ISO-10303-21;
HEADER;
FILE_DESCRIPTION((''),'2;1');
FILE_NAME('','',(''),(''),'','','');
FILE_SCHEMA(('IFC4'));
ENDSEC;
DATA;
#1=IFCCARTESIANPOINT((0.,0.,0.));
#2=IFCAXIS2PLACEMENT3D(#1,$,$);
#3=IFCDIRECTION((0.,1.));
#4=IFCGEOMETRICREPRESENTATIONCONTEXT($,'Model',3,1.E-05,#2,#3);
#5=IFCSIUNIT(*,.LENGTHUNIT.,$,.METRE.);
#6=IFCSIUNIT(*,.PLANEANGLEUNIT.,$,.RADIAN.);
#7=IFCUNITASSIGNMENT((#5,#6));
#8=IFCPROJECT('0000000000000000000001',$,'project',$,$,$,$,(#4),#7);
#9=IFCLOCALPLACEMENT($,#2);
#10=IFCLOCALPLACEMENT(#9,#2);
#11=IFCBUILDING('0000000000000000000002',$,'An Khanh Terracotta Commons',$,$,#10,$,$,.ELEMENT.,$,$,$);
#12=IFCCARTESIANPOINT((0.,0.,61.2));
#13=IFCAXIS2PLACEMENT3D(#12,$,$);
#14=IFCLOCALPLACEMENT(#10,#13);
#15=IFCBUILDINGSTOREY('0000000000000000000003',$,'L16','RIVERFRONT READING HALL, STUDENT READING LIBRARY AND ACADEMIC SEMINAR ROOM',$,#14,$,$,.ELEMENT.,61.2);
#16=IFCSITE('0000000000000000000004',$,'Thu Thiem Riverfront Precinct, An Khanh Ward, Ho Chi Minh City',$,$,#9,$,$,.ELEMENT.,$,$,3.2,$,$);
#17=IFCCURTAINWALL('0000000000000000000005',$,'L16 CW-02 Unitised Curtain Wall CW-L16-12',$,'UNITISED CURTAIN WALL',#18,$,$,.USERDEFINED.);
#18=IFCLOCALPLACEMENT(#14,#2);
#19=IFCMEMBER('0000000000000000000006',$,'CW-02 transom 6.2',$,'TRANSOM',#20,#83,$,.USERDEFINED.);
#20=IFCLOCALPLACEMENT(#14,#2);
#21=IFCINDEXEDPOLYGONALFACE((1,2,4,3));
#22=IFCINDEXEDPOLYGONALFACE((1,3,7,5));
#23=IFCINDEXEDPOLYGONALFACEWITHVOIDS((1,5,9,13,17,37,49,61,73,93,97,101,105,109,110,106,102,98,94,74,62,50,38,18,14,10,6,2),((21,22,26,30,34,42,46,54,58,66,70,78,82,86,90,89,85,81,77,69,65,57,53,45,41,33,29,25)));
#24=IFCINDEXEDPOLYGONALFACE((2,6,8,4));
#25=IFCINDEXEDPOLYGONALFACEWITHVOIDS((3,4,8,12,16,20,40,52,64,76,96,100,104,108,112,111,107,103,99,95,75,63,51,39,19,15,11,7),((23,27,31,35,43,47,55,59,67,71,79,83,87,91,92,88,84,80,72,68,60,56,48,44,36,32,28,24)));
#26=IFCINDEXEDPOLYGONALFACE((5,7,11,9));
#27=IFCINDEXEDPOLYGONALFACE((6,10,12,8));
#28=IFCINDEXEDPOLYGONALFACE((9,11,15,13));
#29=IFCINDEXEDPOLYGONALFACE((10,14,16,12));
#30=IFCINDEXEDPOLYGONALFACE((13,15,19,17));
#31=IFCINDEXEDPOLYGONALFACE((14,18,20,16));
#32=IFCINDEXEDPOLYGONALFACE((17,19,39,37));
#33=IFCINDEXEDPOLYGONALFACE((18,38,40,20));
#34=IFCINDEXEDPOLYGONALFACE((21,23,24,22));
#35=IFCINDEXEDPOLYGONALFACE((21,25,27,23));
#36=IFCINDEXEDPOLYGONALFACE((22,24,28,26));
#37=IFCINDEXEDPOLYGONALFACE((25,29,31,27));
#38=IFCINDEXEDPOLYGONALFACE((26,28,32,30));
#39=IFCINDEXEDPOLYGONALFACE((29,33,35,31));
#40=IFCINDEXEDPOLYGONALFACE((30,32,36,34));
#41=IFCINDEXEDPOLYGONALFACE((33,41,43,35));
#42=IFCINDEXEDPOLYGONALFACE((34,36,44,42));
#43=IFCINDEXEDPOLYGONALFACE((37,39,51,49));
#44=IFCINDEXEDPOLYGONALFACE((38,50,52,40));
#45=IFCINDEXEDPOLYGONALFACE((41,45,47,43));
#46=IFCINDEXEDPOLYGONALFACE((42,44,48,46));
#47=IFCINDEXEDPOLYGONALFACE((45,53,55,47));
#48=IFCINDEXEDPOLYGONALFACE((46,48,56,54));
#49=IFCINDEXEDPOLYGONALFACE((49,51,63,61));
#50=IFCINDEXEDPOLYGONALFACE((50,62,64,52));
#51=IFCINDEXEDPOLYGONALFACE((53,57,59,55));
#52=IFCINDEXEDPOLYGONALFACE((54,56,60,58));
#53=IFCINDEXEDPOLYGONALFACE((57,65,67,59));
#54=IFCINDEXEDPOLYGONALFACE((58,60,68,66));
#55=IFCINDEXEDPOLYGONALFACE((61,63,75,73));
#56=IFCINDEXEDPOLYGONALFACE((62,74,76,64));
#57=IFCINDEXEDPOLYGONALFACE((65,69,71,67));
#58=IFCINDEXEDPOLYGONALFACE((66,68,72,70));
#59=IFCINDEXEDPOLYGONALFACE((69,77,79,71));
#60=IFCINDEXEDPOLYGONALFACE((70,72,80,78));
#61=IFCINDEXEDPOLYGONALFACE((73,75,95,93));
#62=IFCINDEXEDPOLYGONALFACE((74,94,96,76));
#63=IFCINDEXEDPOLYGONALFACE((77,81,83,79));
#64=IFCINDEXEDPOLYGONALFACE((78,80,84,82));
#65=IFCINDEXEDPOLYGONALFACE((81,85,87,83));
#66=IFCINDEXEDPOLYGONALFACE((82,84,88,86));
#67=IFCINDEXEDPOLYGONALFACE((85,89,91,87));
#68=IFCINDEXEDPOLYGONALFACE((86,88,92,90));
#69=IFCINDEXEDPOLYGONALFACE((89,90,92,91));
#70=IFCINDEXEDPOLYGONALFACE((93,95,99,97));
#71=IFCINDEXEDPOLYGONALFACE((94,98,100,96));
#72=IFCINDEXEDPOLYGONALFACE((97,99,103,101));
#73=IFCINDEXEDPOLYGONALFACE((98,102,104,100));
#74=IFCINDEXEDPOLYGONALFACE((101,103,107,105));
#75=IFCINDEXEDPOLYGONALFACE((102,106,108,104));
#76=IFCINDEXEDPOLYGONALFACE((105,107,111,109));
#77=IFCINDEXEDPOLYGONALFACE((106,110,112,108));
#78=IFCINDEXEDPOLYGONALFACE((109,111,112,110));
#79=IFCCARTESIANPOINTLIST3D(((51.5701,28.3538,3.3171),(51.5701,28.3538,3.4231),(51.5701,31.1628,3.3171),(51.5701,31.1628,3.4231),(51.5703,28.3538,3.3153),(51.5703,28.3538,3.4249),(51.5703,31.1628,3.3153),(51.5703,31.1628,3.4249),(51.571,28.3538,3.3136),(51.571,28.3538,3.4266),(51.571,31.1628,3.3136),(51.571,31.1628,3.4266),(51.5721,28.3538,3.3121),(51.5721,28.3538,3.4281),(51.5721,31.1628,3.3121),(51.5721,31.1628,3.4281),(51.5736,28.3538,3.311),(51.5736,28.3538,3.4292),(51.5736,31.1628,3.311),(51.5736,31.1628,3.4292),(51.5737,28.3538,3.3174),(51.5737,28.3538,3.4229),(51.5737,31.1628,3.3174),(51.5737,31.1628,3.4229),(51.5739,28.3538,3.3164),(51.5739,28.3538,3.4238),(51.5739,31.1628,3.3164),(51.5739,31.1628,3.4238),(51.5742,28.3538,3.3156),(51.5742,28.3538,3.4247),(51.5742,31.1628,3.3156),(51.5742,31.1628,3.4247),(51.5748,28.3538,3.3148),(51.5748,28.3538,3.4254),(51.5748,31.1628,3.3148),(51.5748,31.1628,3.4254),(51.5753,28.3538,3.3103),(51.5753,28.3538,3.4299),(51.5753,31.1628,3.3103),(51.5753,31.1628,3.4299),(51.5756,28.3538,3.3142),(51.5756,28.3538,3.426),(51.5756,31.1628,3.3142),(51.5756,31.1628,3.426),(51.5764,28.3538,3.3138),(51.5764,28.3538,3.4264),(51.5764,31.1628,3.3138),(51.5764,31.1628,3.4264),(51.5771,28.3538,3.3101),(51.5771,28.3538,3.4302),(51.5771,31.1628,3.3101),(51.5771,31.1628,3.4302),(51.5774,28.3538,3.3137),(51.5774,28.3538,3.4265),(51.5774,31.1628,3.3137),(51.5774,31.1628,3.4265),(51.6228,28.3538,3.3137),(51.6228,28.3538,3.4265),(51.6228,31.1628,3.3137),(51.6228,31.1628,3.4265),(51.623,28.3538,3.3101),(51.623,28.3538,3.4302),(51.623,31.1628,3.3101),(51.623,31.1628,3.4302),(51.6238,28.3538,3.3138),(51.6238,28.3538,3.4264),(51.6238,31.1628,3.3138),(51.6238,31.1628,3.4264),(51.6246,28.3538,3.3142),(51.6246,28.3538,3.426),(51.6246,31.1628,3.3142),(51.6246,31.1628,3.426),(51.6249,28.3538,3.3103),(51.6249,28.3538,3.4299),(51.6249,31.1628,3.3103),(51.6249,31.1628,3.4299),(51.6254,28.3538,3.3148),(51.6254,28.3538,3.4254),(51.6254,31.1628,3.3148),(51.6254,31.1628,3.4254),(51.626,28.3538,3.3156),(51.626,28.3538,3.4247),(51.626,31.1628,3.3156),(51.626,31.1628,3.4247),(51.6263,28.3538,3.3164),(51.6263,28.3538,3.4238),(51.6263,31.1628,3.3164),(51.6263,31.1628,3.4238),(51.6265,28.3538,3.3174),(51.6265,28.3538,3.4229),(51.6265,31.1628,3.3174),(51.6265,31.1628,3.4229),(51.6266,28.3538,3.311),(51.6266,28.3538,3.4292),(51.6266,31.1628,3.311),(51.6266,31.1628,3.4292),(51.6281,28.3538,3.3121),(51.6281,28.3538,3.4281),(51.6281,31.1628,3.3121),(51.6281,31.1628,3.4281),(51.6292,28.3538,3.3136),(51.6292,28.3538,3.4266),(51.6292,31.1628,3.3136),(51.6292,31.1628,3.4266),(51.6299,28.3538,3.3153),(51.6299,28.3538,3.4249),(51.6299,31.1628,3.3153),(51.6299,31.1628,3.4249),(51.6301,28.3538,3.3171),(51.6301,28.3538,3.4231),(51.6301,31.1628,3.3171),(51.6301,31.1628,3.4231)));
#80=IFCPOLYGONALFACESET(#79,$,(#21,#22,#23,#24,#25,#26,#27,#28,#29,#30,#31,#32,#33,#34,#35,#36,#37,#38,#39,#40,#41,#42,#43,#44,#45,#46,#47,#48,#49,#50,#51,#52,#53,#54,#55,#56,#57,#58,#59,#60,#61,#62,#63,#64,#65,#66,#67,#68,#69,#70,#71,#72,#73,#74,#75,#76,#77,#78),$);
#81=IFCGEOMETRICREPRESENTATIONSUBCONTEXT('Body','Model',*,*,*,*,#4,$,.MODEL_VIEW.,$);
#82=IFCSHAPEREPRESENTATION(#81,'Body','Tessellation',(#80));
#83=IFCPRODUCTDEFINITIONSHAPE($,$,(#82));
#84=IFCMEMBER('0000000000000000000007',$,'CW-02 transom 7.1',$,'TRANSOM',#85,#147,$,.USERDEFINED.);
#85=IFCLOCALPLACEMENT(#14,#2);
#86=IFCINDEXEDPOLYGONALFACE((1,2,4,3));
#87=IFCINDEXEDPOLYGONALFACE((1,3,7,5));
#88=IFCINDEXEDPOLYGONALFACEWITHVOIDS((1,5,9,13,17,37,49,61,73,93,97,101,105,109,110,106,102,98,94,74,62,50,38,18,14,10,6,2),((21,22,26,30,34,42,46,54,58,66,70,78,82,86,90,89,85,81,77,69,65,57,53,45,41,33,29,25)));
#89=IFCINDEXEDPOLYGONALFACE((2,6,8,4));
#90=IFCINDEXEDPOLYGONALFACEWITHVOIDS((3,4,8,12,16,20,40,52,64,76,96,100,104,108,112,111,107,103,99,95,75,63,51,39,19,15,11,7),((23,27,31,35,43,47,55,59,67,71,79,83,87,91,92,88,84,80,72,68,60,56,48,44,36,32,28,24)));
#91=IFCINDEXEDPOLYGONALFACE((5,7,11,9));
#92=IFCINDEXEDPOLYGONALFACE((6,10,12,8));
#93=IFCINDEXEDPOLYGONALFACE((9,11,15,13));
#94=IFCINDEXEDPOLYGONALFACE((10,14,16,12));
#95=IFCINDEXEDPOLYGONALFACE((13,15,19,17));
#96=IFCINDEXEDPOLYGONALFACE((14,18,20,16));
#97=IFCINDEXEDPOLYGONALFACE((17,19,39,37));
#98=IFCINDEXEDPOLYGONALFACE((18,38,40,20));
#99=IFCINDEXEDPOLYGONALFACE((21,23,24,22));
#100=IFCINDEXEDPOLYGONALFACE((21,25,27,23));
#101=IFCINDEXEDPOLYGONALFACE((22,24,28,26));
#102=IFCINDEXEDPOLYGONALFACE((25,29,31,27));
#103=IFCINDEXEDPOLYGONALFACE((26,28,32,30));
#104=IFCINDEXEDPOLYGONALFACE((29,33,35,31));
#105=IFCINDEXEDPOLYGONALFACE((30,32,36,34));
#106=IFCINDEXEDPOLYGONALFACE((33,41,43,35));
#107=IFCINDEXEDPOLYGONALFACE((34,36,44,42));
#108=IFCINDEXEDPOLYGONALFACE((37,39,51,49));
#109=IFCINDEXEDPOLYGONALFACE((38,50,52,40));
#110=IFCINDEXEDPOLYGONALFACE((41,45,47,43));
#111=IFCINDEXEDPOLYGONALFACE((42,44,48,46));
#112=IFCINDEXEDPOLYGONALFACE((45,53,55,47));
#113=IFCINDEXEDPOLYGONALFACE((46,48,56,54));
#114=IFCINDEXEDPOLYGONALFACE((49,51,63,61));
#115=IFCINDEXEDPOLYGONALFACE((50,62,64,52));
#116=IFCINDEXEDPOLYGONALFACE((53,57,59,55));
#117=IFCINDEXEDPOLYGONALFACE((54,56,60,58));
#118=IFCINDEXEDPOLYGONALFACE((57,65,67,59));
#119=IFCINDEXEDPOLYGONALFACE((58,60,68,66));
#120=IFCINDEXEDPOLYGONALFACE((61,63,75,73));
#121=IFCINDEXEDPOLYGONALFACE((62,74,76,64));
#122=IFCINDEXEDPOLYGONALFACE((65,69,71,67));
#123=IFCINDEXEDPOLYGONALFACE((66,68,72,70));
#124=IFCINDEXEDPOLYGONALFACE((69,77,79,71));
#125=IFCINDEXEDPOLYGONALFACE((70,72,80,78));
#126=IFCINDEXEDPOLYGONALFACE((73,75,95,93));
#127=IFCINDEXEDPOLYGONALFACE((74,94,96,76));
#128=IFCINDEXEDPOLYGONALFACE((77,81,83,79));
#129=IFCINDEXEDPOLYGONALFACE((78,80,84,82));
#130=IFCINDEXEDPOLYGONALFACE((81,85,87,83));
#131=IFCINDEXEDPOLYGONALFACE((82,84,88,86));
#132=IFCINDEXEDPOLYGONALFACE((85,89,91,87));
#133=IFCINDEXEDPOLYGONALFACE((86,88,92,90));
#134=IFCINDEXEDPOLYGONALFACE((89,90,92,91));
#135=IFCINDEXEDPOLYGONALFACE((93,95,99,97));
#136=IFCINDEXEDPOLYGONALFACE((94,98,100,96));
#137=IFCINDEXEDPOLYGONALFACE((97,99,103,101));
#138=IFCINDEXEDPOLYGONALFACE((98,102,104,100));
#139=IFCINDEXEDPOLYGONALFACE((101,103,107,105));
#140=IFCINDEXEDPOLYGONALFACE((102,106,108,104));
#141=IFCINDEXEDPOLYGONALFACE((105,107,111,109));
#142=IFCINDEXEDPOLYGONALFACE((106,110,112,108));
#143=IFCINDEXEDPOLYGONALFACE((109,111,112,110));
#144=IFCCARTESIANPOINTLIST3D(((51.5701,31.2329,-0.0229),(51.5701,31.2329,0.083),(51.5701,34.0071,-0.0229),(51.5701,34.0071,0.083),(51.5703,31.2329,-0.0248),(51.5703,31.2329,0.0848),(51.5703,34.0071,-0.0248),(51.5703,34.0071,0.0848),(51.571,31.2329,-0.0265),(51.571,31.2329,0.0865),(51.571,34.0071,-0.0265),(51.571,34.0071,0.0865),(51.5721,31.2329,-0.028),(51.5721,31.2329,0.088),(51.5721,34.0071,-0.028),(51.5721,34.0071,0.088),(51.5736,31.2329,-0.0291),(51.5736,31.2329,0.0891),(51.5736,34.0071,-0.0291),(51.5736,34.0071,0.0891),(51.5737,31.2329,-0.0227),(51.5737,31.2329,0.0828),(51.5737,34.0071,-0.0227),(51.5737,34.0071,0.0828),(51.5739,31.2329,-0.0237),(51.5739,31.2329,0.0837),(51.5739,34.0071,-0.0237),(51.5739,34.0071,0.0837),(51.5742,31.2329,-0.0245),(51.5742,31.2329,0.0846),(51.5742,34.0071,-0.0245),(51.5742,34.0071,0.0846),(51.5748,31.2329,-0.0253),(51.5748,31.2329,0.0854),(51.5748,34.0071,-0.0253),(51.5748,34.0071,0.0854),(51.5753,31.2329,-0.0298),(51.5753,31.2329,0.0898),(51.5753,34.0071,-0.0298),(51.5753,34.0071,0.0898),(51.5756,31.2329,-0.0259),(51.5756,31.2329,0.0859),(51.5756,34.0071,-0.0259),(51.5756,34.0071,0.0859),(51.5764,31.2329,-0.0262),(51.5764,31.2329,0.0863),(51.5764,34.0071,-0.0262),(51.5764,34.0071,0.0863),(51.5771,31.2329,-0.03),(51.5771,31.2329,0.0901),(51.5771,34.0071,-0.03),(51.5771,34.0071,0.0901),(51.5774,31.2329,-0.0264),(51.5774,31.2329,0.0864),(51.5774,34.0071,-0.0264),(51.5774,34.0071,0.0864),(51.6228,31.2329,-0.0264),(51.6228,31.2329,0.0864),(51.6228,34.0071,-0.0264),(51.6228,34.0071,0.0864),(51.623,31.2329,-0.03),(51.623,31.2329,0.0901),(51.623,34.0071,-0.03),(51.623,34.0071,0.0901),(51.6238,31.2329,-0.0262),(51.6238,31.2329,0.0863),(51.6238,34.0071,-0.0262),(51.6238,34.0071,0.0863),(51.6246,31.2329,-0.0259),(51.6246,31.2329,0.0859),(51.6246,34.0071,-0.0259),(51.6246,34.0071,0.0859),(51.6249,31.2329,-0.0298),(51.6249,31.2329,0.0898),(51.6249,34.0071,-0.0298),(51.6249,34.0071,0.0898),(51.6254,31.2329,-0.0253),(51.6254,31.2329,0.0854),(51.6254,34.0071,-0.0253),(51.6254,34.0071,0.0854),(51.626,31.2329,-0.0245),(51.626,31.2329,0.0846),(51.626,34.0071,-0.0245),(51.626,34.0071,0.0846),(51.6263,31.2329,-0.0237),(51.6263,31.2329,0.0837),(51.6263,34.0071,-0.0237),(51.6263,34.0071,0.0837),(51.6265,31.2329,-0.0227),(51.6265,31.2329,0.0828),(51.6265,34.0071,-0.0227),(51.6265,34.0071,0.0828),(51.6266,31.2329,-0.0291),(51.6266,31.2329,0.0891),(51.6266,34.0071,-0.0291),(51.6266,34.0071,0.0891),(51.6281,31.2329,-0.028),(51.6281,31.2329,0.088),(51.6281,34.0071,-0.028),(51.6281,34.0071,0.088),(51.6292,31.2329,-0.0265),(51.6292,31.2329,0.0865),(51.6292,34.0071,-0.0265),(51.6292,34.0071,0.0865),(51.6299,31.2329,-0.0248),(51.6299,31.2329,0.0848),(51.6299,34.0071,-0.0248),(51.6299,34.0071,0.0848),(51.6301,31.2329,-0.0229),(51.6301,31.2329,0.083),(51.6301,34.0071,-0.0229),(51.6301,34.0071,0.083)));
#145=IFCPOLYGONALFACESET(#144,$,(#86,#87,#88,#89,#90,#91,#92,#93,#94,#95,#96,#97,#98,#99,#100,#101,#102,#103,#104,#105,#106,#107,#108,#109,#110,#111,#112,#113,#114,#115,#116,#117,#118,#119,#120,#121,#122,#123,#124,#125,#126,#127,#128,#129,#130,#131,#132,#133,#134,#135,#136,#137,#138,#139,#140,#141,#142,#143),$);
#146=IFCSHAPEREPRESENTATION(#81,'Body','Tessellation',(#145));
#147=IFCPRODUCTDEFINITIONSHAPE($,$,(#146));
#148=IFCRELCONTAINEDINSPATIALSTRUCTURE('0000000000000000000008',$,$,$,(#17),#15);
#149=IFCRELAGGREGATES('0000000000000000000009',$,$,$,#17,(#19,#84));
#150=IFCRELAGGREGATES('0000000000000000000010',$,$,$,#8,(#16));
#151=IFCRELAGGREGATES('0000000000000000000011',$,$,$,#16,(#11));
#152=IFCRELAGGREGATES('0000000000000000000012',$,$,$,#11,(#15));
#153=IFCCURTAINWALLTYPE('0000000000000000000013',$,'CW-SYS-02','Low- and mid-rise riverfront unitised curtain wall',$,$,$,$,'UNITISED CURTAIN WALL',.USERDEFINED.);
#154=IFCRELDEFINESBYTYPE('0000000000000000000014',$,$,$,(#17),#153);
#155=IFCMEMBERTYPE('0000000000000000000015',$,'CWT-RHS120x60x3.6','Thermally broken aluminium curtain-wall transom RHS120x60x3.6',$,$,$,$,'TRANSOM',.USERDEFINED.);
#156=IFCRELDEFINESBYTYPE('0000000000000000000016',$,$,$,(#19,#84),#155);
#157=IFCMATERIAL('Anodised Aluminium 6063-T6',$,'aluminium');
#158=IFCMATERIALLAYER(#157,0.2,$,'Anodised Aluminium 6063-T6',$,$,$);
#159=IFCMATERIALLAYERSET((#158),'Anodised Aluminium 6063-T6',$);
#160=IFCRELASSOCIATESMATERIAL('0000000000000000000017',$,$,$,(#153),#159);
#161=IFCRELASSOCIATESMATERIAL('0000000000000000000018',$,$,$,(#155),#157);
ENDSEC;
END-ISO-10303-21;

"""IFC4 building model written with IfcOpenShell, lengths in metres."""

from ifc_helpers import new_model, si_unit, direction, frame, origin, origin_2d, place, context, subcontext, project, spatial, hollow_rectangle, extrude, material, layer, layer_set, material_profile, profile_set, type_object, element, aggregate, save


model = new_model("IFC4")

# Units and contexts
model_context = context("Model", 3, precision=1e-05, world=origin(), true_north=direction((0.0, 1.0)))
body_context = subcontext(model_context, "Body", "Model", "MODEL_VIEW")
ifc_project = project(units=[si_unit("LENGTHUNIT", "METRE"), si_unit("PLANEANGLEUNIT", "RADIAN")], contexts=[model_context])

# Site, building, storey
site_placement = place(None, origin())
site = spatial("IfcSite", under=ifc_project, at=site_placement, Name="Thu Thiem Riverfront Precinct, An Khanh Ward, Ho Chi Minh City", CompositionType="ELEMENT", RefElevation=3.2)
building_placement = place(site_placement, origin())
building = spatial("IfcBuilding", under=site, at=building_placement, Name="An Khanh Terracotta Commons", CompositionType="ELEMENT")
storey_placement = place(building_placement, frame((0.0, 0.0, 61.2)))
storey = spatial("IfcBuildingStorey", under=building, at=storey_placement, Name="L16", Description="RIVERFRONT READING HALL, STUDENT READING LIBRARY AND ACADEMIC SEMINAR ROOM", CompositionType="ELEMENT", Elevation=61.2)

# Curtain wall, members
ifc_material_1 = material(Name="Anodised Aluminium 6063-T6", Category="aluminium")
ifc_layer_1 = layer(ifc_material_1, 0.2, Name="Anodised Aluminium 6063-T6")
ifc_layer_set_1 = layer_set([ifc_layer_1], Name="Anodised Aluminium 6063-T6")
curtain_wall_type = type_object("IfcCurtainWallType", Name="CW-SYS-02", Description="Low- and mid-rise riverfront unitised curtain wall", ElementType="UNITISED CURTAIN WALL", PredefinedType="USERDEFINED", material=ifc_layer_set_1)
curtain_wall_placement = place(storey_placement, origin())
curtain_wall = element("IfcCurtainWall", 1, at=curtain_wall_placement, inside=storey, type_object=curtain_wall_type, Name="L16 CW-02 Unitised Curtain Wall CW-L16-12", ObjectType="UNITISED CURTAIN WALL", PredefinedType="USERDEFINED")
ifc_material_profile_1 = material_profile(ifc_material_1, hollow_rectangle(XDim=0.0601, YDim=0.1201, WallThickness=0.0037, InnerFilletRadius=0.0037, OuterFilletRadius=0.0071, at=origin_2d()), Name="RHS120x60x3.6")
ifc_profile_set_1 = profile_set([ifc_material_profile_1], Name="Anodised Aluminium 6063-T6")
member_type_1 = type_object("IfcMemberType", Name="CWT-RHS120x60x3.6", Description="Thermally broken aluminium curtain-wall transom RHS120x60x3.6", ElementType="TRANSOM", PredefinedType="USERDEFINED", material=ifc_profile_set_1)
member_1_placement = place(storey_placement, frame((51.6001, 28.3538, 3.3701), z_axis=(0.0, 1.0, 0.0), x_axis=(-1.0, 0.0, 0.0)))
member_1 = element("IfcMember", 2, at=member_1_placement, type_object=member_type_1, Name="CW-02 transom 6.2", ObjectType="TRANSOM", PredefinedType="USERDEFINED", context=body_context, shape_type="SweptSolid", body=[
    extrude(hollow_rectangle(XDim=0.0601, YDim=0.1201, WallThickness=0.0037, InnerFilletRadius=0.0037, OuterFilletRadius=0.0071, at=origin_2d()), origin(), (0.0, 0.0, 1.0), 2.8091),
])
member_2_placement = place(storey_placement, frame((51.6001, 31.2329, 0.03), z_axis=(0.0, 1.0, 0.0), x_axis=(-1.0, 0.0, 0.0)))
member_2 = element("IfcMember", 3, at=member_2_placement, type_object=member_type_1, Name="CW-02 transom 7.1", ObjectType="TRANSOM", PredefinedType="USERDEFINED", context=body_context, shape_type="SweptSolid", body=[
    extrude(hollow_rectangle(XDim=0.0601, YDim=0.1201, WallThickness=0.0037, InnerFilletRadius=0.0037, OuterFilletRadius=0.0071, at=origin_2d()), origin(), (0.0, 0.0, 1.0), 2.7742),
])
aggregate(curtain_wall, [member_1, member_2])

save(model, "model.ifc")
